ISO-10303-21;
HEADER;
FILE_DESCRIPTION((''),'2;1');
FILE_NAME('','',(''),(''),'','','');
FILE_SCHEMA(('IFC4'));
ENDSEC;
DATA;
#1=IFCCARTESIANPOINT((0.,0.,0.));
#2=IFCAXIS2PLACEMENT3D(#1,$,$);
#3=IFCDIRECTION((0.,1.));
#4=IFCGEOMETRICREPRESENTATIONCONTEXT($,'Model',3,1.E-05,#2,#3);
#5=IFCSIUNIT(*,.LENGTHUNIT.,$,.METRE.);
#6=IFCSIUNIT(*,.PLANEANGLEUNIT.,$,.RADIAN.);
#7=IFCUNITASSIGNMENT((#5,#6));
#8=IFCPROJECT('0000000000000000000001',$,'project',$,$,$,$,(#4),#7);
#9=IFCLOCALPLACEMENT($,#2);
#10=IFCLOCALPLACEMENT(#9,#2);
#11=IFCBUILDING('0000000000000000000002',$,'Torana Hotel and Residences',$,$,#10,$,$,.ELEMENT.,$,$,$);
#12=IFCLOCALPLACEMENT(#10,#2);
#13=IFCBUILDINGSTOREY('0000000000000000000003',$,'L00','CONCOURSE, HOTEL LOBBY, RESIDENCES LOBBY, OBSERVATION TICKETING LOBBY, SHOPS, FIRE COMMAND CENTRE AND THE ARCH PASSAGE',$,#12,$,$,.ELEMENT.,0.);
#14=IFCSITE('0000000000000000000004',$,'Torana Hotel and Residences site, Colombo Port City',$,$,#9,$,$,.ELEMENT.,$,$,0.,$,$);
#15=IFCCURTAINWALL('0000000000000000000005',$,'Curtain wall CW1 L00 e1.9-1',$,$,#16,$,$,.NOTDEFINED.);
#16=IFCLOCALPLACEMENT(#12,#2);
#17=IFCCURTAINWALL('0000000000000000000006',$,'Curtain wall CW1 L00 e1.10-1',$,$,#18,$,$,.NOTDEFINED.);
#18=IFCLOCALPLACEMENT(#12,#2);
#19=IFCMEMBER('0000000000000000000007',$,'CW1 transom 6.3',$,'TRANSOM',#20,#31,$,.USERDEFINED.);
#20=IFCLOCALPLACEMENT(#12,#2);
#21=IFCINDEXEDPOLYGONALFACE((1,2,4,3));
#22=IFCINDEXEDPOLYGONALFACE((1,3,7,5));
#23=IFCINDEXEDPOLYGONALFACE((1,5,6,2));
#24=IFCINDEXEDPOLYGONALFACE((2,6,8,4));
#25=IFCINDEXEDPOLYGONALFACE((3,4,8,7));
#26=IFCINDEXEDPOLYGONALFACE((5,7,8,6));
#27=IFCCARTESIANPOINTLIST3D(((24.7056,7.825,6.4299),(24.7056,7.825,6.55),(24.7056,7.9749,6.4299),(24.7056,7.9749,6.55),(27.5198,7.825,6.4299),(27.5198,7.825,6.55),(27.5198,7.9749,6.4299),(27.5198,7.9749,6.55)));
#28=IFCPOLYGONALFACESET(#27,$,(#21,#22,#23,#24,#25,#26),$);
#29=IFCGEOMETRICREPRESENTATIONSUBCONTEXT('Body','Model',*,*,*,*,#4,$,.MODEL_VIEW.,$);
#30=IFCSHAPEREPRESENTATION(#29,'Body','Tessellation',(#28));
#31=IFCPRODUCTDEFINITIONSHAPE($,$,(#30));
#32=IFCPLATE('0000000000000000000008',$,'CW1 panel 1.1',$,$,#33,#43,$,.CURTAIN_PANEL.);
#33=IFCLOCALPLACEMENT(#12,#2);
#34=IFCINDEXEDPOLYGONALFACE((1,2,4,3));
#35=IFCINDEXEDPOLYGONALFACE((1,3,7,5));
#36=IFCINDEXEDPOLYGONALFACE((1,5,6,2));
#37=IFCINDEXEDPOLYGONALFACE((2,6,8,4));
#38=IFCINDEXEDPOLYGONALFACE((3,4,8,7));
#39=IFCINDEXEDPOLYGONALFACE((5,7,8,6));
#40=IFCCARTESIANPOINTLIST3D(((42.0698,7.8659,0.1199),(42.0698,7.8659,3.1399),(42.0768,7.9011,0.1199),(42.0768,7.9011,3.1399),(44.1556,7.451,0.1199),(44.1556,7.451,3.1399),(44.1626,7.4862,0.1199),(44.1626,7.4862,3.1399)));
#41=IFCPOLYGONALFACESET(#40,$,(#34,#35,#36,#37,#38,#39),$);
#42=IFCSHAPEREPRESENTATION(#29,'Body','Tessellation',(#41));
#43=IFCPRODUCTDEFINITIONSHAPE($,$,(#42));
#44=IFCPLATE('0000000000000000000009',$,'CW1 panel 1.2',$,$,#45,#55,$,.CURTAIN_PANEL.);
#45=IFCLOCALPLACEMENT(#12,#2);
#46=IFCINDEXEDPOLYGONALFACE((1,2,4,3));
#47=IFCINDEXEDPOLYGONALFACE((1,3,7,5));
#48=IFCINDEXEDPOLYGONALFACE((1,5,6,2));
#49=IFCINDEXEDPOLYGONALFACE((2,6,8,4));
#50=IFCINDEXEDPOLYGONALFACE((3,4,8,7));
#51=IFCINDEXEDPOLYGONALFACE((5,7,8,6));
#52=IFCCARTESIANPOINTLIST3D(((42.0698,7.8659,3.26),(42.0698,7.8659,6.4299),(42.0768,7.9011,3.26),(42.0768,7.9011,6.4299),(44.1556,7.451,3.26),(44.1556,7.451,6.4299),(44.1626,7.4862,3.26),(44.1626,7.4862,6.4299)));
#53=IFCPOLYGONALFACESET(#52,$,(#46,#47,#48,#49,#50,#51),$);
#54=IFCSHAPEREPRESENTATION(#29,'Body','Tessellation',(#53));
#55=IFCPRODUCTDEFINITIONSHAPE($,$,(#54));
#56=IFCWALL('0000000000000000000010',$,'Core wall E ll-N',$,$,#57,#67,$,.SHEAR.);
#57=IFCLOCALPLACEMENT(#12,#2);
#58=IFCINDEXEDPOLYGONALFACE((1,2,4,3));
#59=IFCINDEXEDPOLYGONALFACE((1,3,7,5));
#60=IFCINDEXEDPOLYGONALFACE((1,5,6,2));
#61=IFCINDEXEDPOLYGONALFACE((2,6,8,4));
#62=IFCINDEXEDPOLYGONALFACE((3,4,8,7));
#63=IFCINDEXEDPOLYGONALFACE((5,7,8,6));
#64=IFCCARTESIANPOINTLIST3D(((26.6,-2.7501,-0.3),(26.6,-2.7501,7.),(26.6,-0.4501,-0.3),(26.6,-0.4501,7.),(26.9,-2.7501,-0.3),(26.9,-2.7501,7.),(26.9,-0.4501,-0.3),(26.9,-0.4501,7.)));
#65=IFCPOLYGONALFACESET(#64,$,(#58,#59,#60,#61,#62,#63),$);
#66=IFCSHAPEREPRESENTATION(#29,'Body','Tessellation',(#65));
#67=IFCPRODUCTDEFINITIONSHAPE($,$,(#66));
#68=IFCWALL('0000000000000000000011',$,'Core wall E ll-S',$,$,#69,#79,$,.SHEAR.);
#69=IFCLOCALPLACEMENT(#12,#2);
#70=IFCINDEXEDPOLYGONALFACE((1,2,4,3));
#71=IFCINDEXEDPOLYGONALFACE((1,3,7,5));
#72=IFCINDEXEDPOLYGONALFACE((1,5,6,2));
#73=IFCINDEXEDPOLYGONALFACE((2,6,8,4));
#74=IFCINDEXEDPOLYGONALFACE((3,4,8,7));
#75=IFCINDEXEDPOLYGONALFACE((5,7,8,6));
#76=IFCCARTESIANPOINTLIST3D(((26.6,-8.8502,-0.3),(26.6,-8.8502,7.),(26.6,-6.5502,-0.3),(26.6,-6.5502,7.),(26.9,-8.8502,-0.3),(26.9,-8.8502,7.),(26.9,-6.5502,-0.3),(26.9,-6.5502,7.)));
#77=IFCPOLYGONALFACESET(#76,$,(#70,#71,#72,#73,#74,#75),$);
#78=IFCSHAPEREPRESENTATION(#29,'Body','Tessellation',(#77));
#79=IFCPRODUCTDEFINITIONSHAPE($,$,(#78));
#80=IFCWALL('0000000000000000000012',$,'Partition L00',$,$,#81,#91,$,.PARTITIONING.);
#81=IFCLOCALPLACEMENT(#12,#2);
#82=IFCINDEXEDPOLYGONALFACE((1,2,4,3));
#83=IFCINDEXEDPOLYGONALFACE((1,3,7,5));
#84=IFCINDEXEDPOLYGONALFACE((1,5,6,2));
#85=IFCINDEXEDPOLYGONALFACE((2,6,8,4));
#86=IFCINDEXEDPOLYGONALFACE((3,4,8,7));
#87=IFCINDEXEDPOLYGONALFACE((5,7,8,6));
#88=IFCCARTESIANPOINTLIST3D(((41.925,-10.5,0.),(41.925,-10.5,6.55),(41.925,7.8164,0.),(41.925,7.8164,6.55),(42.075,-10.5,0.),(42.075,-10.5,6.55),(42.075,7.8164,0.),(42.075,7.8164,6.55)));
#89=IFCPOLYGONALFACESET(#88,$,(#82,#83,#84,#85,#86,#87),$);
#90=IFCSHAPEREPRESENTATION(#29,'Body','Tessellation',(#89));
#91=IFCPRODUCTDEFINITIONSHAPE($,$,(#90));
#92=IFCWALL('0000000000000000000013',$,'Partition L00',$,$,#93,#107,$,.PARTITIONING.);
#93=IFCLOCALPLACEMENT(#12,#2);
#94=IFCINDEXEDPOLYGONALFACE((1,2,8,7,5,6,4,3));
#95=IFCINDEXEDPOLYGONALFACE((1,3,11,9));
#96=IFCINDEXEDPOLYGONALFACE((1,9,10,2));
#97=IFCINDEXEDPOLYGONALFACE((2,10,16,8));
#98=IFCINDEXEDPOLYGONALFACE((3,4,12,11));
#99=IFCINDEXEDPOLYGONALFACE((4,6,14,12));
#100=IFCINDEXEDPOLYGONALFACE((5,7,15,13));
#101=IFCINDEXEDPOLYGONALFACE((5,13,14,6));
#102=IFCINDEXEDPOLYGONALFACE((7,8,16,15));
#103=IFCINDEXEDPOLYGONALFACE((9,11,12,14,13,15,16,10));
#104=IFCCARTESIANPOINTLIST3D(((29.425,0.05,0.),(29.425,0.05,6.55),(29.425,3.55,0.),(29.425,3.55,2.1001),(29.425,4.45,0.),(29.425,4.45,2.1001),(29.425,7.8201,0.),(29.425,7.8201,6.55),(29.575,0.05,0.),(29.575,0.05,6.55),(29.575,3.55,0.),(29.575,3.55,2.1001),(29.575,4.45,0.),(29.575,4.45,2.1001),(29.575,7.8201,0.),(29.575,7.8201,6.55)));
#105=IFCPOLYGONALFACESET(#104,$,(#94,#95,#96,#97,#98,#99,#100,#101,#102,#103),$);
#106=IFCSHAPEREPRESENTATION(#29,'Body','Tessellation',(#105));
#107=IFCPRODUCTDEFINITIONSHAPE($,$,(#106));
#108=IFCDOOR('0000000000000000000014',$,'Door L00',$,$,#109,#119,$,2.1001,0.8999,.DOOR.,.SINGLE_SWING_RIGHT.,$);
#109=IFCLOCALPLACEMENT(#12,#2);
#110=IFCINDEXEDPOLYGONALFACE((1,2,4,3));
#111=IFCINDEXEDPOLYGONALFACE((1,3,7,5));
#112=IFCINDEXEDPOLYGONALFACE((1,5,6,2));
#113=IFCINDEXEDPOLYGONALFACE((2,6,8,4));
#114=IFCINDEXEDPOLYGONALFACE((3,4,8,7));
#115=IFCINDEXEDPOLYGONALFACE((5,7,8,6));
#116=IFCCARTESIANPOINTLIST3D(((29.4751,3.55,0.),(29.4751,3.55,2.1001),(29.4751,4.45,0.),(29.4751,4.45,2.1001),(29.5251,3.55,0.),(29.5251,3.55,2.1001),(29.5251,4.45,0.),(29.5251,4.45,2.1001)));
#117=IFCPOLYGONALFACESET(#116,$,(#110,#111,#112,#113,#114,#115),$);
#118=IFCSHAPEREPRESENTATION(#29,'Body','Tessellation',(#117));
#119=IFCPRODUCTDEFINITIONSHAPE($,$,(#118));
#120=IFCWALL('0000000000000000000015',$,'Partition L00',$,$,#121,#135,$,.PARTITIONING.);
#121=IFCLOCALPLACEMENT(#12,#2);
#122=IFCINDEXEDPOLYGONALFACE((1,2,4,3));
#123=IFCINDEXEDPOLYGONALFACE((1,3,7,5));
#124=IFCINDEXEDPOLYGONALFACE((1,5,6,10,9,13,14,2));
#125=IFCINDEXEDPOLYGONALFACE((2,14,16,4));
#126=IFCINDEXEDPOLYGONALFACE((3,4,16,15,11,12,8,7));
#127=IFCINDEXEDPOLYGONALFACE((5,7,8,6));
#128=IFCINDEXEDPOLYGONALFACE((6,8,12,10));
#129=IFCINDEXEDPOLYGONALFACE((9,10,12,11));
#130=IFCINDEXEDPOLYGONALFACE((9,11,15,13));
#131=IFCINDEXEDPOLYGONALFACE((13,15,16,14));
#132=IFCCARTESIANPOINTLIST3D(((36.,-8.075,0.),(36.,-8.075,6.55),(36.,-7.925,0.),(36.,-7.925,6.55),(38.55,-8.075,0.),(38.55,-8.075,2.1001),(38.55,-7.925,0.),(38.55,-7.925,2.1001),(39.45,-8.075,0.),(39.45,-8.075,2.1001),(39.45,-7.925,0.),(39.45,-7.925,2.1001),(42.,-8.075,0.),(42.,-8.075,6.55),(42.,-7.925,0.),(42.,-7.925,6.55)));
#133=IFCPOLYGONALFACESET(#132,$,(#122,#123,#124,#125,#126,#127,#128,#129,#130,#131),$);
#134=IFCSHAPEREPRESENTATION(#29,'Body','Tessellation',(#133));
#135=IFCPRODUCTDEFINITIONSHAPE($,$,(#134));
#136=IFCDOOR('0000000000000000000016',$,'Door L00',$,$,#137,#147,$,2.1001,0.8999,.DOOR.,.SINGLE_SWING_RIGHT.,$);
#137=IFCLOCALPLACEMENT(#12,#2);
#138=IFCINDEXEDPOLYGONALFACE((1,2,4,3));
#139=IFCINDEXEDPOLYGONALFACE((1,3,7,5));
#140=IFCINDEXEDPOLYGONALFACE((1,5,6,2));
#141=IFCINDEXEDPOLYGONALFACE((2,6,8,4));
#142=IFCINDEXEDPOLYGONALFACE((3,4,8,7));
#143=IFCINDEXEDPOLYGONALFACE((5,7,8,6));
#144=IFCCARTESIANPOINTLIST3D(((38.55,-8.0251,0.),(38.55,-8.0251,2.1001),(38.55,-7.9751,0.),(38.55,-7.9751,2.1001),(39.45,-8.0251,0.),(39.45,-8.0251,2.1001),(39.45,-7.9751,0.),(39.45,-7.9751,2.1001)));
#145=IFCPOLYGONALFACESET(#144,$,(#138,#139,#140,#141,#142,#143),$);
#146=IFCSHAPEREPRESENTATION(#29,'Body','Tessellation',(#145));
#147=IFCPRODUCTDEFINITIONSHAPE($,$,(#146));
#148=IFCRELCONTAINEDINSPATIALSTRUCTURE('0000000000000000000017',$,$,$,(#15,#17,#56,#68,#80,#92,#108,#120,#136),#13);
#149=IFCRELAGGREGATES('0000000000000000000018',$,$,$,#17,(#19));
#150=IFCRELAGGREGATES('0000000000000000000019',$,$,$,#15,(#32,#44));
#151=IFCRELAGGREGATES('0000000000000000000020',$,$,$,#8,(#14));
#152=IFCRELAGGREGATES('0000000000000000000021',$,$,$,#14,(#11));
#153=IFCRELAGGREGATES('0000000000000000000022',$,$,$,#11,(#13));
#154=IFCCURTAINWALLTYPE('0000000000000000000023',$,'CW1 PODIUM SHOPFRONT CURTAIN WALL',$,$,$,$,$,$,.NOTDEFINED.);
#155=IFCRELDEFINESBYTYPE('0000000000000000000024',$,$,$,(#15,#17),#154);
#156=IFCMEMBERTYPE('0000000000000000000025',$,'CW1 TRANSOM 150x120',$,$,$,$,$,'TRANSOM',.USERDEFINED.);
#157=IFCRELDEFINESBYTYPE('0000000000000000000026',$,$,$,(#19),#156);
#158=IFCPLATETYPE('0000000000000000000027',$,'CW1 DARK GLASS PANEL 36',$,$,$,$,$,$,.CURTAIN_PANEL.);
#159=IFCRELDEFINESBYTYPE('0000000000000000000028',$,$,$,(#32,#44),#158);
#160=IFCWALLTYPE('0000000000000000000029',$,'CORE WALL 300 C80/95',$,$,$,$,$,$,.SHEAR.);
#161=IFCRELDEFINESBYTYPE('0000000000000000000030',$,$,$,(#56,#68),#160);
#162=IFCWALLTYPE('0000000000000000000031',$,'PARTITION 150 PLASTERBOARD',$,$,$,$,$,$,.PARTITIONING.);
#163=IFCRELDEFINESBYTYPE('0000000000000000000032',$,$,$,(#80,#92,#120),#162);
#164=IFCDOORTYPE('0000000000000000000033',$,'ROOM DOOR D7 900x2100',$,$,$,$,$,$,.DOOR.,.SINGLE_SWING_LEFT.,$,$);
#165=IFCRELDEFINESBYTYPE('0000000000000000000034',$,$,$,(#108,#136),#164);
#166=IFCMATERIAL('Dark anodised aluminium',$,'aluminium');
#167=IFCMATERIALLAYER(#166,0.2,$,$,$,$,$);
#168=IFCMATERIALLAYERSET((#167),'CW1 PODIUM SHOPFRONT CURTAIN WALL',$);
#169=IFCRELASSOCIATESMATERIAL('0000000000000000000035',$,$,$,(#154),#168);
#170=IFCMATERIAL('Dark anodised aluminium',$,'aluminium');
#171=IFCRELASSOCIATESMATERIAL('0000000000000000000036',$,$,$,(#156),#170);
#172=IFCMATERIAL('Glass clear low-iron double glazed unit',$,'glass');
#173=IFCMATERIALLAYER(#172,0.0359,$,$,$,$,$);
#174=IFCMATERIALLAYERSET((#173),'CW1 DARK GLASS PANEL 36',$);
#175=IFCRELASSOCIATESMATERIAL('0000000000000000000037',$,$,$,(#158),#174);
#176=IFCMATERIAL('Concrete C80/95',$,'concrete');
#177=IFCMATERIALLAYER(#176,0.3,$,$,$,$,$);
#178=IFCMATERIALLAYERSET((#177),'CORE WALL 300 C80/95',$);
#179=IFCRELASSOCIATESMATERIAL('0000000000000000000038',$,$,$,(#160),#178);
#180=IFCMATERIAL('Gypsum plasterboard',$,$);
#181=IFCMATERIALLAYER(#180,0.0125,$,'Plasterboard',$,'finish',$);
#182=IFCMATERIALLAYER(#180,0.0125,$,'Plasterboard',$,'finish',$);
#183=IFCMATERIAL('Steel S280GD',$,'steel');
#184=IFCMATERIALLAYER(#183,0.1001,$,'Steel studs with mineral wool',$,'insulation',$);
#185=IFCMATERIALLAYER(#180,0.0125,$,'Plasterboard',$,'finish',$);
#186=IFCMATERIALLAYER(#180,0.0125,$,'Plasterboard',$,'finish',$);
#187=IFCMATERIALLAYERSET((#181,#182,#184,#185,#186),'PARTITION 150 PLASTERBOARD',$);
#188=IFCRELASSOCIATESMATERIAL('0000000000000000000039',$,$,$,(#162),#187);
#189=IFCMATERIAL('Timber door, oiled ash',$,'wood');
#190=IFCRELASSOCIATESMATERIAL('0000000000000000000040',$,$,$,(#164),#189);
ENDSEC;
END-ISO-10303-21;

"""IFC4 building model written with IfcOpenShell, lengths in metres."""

from ifc_helpers import new_model, si_unit, direction, frame, frame_2d, origin, origin_2d, place, context, subcontext, project, spatial, rectangle, extrude, material, layer, layer_set, material_profile, profile_set, type_object, element, fill, aggregate, save


model = new_model("IFC4")

# Units and contexts
model_context = context("Model", 3, precision=1e-05, world=origin(), true_north=direction((0.0, 1.0)))
body_context = subcontext(model_context, "Body", "Model", "MODEL_VIEW")
ifc_project = project(units=[si_unit("LENGTHUNIT", "METRE"), si_unit("PLANEANGLEUNIT", "RADIAN")], contexts=[model_context])

# Site, building, storey
site_placement = place(None, origin())
site = spatial("IfcSite", under=ifc_project, at=site_placement, Name="Torana Hotel and Residences site, Colombo Port City", CompositionType="ELEMENT", RefElevation=0.0)
building_placement = place(site_placement, origin())
building = spatial("IfcBuilding", under=site, at=building_placement, Name="Torana Hotel and Residences", CompositionType="ELEMENT")
storey_placement = place(building_placement, origin())
storey = spatial("IfcBuildingStorey", under=building, at=storey_placement, Name="L00", Description="CONCOURSE, HOTEL LOBBY, RESIDENCES LOBBY, OBSERVATION TICKETING LOBBY, SHOPS, FIRE COMMAND CENTRE AND THE ARCH PASSAGE", CompositionType="ELEMENT", Elevation=0.0)

# Curtain walls
ifc_material_1 = material(Name="Dark anodised aluminium", Category="aluminium")
ifc_layer_1 = layer(ifc_material_1, 0.2)
ifc_layer_set_1 = layer_set([ifc_layer_1], Name="CW1 PODIUM SHOPFRONT CURTAIN WALL")
curtain_wall_type = type_object("IfcCurtainWallType", Name="CW1 PODIUM SHOPFRONT CURTAIN WALL", PredefinedType="NOTDEFINED", material=ifc_layer_set_1)
curtain_wall_1_placement = place(storey_placement, origin())
curtain_wall_1 = element("IfcCurtainWall", 1, at=curtain_wall_1_placement, inside=storey, type_object=curtain_wall_type, Name="Curtain wall CW1 L00 e1.9-1", PredefinedType="NOTDEFINED")
curtain_wall_2_placement = place(storey_placement, origin())
curtain_wall_2 = element("IfcCurtainWall", 2, at=curtain_wall_2_placement, inside=storey, type_object=curtain_wall_type, Name="Curtain wall CW1 L00 e1.10-1", PredefinedType="NOTDEFINED")

# Member
ifc_material_2 = material(Name="Dark anodised aluminium", Category="aluminium")
ifc_material_profile_1 = material_profile(ifc_material_2, rectangle(XDim=0.1499, YDim=0.1201, at=origin_2d()), Name="CW1 TRANSOM 150x120")
ifc_profile_set_1 = profile_set([ifc_material_profile_1], Name="Dark anodised aluminium")
member_type_1 = type_object("IfcMemberType", Name="CW1 TRANSOM 150x120", ElementType="TRANSOM", PredefinedType="USERDEFINED", material=ifc_profile_set_1)
member_1_placement = place(storey_placement, frame((27.5198, 7.8999, 6.49), z_axis=(-1.0, 0.0, 0.0), x_axis=(0.0, -1.0, 0.0)))
member_1 = element("IfcMember", 3, at=member_1_placement, type_object=member_type_1, Name="CW1 transom 6.3", ObjectType="TRANSOM", PredefinedType="USERDEFINED", context=body_context, shape_type="SweptSolid", body=[
    extrude(rectangle(XDim=0.1499, YDim=0.1201, at=origin_2d()), origin(), (0.0, 0.0, 1.0), 2.8142),
])
aggregate(curtain_wall_2, [member_1])

# Plates
ifc_material_3 = material(Name="Glass clear low-iron double glazed unit", Category="glass")
ifc_layer_2 = layer(ifc_material_3, 0.0359)
ifc_layer_set_2 = layer_set([ifc_layer_2], Name="CW1 DARK GLASS PANEL 36")
plate_type = type_object("IfcPlateType", Name="CW1 DARK GLASS PANEL 36", PredefinedType="CURTAIN_PANEL", material=ifc_layer_set_2)
plate_1_placement = place(storey_placement, frame((43.1162, 7.676, 0.1199), z_axis=(0.0, 0.0, 1.0), x_axis=(-0.980787, 0.195081, 0.0)))
plate_1 = element("IfcPlate", 4, at=plate_1_placement, type_object=plate_type, Name="CW1 panel 1.1", PredefinedType="CURTAIN_PANEL", context=body_context, shape_type="SweptSolid", body=[
    extrude(rectangle(XDim=2.1267, YDim=0.0359, at=origin_2d()), origin(), (0.0, 0.0, 1.0), 3.02),
])
plate_2_placement = place(storey_placement, frame((43.1162, 7.676, 3.26), z_axis=(0.0, 0.0, 1.0), x_axis=(-0.980787, 0.195081, 0.0)))
plate_2 = element("IfcPlate", 5, at=plate_2_placement, type_object=plate_type, Name="CW1 panel 1.2", PredefinedType="CURTAIN_PANEL", context=body_context, shape_type="SweptSolid", body=[
    extrude(rectangle(XDim=2.1267, YDim=0.0359, at=origin_2d()), origin(), (0.0, 0.0, 1.0), 3.1699),
])
aggregate(curtain_wall_1, [plate_1, plate_2])

# Walls
ifc_material_4 = material(Name="Concrete C80/95", Category="concrete")
ifc_layer_3 = layer(ifc_material_4, 0.3)
ifc_layer_set_3 = layer_set([ifc_layer_3], Name="CORE WALL 300 C80/95")
wall_type_1 = type_object("IfcWallType", Name="CORE WALL 300 C80/95", PredefinedType="SHEAR", material=ifc_layer_set_3)
for number, where, z_axis, x_axis, name in (
    (6, (26.75, -2.75, -0.3), (0.0, 0.0, 1.0), (0.0, 1.0, 0.0), "Core wall E ll-N"),
    (7, (26.75, -8.8501, -0.3), (0.0, 0.0, 1.0), (0.0, 1.0, 0.0), "Core wall E ll-S"),
):
    element("IfcWall", number, at=place(storey_placement, frame(where, z_axis=z_axis, x_axis=x_axis)), inside=storey, type_object=wall_type_1, Name=name, PredefinedType="SHEAR", context=body_context, shape_type="SweptSolid", body=[
        extrude(rectangle(XDim=2.3, YDim=0.3, at=frame_2d((1.1499, 0.0))), origin(), (0.0, 0.0, 1.0), 7.3),
    ])
ifc_material_5 = material(Name="Gypsum plasterboard")
ifc_layer_4 = layer(ifc_material_5, 0.0125, Name="Plasterboard", Category="finish")
ifc_layer_5 = layer(ifc_material_5, 0.0125, Name="Plasterboard", Category="finish")
ifc_material_6 = material(Name="Steel S280GD", Category="steel")
ifc_layer_6 = layer(ifc_material_6, 0.1001, Name="Steel studs with mineral wool", Category="insulation")
ifc_layer_7 = layer(ifc_material_5, 0.0125, Name="Plasterboard", Category="finish")
ifc_layer_8 = layer(ifc_material_5, 0.0125, Name="Plasterboard", Category="finish")
ifc_layer_set_4 = layer_set([ifc_layer_4, ifc_layer_5, ifc_layer_6, ifc_layer_7, ifc_layer_8], Name="PARTITION 150 PLASTERBOARD")
wall_type_2 = type_object("IfcWallType", Name="PARTITION 150 PLASTERBOARD", PredefinedType="PARTITIONING", material=ifc_layer_set_4)
wall_1_placement = place(storey_placement, frame((42.0, -10.5, 0.0), z_axis=(0.0, 0.0, 1.0), x_axis=(0.0, 1.0, 0.0)))
element("IfcWall", 8, at=wall_1_placement, inside=storey, type_object=wall_type_2, Name="Partition L00", PredefinedType="PARTITIONING", context=body_context, shape_type="SweptSolid", body=[
    extrude(rectangle(XDim=18.3164, YDim=0.1499, at=frame_2d((9.1582, 0.0))), origin(), (0.0, 0.0, 1.0), 6.55),
])

# Walls, openings, doors
wall_2_placement = place(storey_placement, frame((29.5, 0.05, 0.0), z_axis=(0.0, 0.0, 1.0), x_axis=(0.0, 1.0, 0.0)))
wall_2 = element("IfcWall", 9, at=wall_2_placement, inside=storey, type_object=wall_type_2, Name="Partition L00", PredefinedType="PARTITIONING", context=body_context, shape_type="SweptSolid", body=[
    extrude(rectangle(XDim=7.77, YDim=0.1499, at=frame_2d((3.885, 0.0))), origin(), (0.0, 0.0, 1.0), 6.55),
])
opening_1_placement = place(wall_2_placement, frame((3.5, 0.0, 0.0)))
opening_1 = element("IfcOpeningElement", 10, at=opening_1_placement, cuts=wall_2, PredefinedType="OPENING", context=body_context, shape_type="SweptSolid", body=[
    extrude(rectangle(XDim=0.8999, YDim=2.1001, at=frame_2d((0.45, 1.05))), frame((0.0, 0.085, 0.0), z_axis=(0.0, -1.0, 0.0), x_axis=(1.0, 0.0, 0.0)), (0.0, 0.0, 1.0), 0.1699),
])
ifc_material_7 = material(Name="Timber door, oiled ash", Category="wood")
door_type = type_object("IfcDoorType", Name="ROOM DOOR D7 900x2100", OperationType="SINGLE_SWING_LEFT", PredefinedType="DOOR", material=ifc_material_7)
door_1_placement = place(opening_1_placement, origin())
door_1 = element("IfcDoor", 11, at=door_1_placement, inside=storey, type_object=door_type, Name="Door L00", OperationType="SINGLE_SWING_RIGHT", OverallHeight=2.1001, OverallWidth=0.8999, PredefinedType="DOOR", context=body_context, shape_type="SweptSolid", body=[
    extrude(rectangle(XDim=0.8999, YDim=2.1001, at=frame_2d((0.45, 1.05))), frame((0.0, 0.0249, 0.0), z_axis=(0.0, -1.0, 0.0), x_axis=(1.0, 0.0, 0.0)), (0.0, 0.0, 1.0), 0.05),
])
fill(opening_1, door_1)
wall_3_placement = place(storey_placement, frame((36.0, -8.0, 0.0), z_axis=(0.0, 0.0, 1.0), x_axis=(1.0, 0.0, 0.0)))
wall_3 = element("IfcWall", 12, at=wall_3_placement, inside=storey, type_object=wall_type_2, Name="Partition L00", PredefinedType="PARTITIONING", context=body_context, shape_type="SweptSolid", body=[
    extrude(rectangle(XDim=6.0, YDim=0.1499, at=frame_2d((3.0, 0.0))), origin(), (0.0, 0.0, 1.0), 6.55),
])
opening_2_placement = place(wall_3_placement, frame((2.55, 0.0, 0.0)))
opening_2 = element("IfcOpeningElement", 13, at=opening_2_placement, cuts=wall_3, PredefinedType="OPENING", context=body_context, shape_type="SweptSolid", body=[
    extrude(rectangle(XDim=0.8999, YDim=2.1001, at=frame_2d((0.45, 1.05))), frame((0.0, 0.085, 0.0), z_axis=(0.0, -1.0, 0.0), x_axis=(1.0, 0.0, 0.0)), (0.0, 0.0, 1.0), 0.1699),
])
door_2_placement = place(opening_2_placement, origin())
door_2 = element("IfcDoor", 14, at=door_2_placement, inside=storey, type_object=door_type, Name="Door L00", OperationType="SINGLE_SWING_RIGHT", OverallHeight=2.1001, OverallWidth=0.8999, PredefinedType="DOOR", context=body_context, shape_type="SweptSolid", body=[
    extrude(rectangle(XDim=0.8999, YDim=2.1001, at=frame_2d((0.45, 1.05))), frame((0.0, 0.0249, 0.0), z_axis=(0.0, -1.0, 0.0), x_axis=(1.0, 0.0, 0.0)), (0.0, 0.0, 1.0), 0.05),
])
fill(opening_2, door_2)

save(model, "model.ifc")
